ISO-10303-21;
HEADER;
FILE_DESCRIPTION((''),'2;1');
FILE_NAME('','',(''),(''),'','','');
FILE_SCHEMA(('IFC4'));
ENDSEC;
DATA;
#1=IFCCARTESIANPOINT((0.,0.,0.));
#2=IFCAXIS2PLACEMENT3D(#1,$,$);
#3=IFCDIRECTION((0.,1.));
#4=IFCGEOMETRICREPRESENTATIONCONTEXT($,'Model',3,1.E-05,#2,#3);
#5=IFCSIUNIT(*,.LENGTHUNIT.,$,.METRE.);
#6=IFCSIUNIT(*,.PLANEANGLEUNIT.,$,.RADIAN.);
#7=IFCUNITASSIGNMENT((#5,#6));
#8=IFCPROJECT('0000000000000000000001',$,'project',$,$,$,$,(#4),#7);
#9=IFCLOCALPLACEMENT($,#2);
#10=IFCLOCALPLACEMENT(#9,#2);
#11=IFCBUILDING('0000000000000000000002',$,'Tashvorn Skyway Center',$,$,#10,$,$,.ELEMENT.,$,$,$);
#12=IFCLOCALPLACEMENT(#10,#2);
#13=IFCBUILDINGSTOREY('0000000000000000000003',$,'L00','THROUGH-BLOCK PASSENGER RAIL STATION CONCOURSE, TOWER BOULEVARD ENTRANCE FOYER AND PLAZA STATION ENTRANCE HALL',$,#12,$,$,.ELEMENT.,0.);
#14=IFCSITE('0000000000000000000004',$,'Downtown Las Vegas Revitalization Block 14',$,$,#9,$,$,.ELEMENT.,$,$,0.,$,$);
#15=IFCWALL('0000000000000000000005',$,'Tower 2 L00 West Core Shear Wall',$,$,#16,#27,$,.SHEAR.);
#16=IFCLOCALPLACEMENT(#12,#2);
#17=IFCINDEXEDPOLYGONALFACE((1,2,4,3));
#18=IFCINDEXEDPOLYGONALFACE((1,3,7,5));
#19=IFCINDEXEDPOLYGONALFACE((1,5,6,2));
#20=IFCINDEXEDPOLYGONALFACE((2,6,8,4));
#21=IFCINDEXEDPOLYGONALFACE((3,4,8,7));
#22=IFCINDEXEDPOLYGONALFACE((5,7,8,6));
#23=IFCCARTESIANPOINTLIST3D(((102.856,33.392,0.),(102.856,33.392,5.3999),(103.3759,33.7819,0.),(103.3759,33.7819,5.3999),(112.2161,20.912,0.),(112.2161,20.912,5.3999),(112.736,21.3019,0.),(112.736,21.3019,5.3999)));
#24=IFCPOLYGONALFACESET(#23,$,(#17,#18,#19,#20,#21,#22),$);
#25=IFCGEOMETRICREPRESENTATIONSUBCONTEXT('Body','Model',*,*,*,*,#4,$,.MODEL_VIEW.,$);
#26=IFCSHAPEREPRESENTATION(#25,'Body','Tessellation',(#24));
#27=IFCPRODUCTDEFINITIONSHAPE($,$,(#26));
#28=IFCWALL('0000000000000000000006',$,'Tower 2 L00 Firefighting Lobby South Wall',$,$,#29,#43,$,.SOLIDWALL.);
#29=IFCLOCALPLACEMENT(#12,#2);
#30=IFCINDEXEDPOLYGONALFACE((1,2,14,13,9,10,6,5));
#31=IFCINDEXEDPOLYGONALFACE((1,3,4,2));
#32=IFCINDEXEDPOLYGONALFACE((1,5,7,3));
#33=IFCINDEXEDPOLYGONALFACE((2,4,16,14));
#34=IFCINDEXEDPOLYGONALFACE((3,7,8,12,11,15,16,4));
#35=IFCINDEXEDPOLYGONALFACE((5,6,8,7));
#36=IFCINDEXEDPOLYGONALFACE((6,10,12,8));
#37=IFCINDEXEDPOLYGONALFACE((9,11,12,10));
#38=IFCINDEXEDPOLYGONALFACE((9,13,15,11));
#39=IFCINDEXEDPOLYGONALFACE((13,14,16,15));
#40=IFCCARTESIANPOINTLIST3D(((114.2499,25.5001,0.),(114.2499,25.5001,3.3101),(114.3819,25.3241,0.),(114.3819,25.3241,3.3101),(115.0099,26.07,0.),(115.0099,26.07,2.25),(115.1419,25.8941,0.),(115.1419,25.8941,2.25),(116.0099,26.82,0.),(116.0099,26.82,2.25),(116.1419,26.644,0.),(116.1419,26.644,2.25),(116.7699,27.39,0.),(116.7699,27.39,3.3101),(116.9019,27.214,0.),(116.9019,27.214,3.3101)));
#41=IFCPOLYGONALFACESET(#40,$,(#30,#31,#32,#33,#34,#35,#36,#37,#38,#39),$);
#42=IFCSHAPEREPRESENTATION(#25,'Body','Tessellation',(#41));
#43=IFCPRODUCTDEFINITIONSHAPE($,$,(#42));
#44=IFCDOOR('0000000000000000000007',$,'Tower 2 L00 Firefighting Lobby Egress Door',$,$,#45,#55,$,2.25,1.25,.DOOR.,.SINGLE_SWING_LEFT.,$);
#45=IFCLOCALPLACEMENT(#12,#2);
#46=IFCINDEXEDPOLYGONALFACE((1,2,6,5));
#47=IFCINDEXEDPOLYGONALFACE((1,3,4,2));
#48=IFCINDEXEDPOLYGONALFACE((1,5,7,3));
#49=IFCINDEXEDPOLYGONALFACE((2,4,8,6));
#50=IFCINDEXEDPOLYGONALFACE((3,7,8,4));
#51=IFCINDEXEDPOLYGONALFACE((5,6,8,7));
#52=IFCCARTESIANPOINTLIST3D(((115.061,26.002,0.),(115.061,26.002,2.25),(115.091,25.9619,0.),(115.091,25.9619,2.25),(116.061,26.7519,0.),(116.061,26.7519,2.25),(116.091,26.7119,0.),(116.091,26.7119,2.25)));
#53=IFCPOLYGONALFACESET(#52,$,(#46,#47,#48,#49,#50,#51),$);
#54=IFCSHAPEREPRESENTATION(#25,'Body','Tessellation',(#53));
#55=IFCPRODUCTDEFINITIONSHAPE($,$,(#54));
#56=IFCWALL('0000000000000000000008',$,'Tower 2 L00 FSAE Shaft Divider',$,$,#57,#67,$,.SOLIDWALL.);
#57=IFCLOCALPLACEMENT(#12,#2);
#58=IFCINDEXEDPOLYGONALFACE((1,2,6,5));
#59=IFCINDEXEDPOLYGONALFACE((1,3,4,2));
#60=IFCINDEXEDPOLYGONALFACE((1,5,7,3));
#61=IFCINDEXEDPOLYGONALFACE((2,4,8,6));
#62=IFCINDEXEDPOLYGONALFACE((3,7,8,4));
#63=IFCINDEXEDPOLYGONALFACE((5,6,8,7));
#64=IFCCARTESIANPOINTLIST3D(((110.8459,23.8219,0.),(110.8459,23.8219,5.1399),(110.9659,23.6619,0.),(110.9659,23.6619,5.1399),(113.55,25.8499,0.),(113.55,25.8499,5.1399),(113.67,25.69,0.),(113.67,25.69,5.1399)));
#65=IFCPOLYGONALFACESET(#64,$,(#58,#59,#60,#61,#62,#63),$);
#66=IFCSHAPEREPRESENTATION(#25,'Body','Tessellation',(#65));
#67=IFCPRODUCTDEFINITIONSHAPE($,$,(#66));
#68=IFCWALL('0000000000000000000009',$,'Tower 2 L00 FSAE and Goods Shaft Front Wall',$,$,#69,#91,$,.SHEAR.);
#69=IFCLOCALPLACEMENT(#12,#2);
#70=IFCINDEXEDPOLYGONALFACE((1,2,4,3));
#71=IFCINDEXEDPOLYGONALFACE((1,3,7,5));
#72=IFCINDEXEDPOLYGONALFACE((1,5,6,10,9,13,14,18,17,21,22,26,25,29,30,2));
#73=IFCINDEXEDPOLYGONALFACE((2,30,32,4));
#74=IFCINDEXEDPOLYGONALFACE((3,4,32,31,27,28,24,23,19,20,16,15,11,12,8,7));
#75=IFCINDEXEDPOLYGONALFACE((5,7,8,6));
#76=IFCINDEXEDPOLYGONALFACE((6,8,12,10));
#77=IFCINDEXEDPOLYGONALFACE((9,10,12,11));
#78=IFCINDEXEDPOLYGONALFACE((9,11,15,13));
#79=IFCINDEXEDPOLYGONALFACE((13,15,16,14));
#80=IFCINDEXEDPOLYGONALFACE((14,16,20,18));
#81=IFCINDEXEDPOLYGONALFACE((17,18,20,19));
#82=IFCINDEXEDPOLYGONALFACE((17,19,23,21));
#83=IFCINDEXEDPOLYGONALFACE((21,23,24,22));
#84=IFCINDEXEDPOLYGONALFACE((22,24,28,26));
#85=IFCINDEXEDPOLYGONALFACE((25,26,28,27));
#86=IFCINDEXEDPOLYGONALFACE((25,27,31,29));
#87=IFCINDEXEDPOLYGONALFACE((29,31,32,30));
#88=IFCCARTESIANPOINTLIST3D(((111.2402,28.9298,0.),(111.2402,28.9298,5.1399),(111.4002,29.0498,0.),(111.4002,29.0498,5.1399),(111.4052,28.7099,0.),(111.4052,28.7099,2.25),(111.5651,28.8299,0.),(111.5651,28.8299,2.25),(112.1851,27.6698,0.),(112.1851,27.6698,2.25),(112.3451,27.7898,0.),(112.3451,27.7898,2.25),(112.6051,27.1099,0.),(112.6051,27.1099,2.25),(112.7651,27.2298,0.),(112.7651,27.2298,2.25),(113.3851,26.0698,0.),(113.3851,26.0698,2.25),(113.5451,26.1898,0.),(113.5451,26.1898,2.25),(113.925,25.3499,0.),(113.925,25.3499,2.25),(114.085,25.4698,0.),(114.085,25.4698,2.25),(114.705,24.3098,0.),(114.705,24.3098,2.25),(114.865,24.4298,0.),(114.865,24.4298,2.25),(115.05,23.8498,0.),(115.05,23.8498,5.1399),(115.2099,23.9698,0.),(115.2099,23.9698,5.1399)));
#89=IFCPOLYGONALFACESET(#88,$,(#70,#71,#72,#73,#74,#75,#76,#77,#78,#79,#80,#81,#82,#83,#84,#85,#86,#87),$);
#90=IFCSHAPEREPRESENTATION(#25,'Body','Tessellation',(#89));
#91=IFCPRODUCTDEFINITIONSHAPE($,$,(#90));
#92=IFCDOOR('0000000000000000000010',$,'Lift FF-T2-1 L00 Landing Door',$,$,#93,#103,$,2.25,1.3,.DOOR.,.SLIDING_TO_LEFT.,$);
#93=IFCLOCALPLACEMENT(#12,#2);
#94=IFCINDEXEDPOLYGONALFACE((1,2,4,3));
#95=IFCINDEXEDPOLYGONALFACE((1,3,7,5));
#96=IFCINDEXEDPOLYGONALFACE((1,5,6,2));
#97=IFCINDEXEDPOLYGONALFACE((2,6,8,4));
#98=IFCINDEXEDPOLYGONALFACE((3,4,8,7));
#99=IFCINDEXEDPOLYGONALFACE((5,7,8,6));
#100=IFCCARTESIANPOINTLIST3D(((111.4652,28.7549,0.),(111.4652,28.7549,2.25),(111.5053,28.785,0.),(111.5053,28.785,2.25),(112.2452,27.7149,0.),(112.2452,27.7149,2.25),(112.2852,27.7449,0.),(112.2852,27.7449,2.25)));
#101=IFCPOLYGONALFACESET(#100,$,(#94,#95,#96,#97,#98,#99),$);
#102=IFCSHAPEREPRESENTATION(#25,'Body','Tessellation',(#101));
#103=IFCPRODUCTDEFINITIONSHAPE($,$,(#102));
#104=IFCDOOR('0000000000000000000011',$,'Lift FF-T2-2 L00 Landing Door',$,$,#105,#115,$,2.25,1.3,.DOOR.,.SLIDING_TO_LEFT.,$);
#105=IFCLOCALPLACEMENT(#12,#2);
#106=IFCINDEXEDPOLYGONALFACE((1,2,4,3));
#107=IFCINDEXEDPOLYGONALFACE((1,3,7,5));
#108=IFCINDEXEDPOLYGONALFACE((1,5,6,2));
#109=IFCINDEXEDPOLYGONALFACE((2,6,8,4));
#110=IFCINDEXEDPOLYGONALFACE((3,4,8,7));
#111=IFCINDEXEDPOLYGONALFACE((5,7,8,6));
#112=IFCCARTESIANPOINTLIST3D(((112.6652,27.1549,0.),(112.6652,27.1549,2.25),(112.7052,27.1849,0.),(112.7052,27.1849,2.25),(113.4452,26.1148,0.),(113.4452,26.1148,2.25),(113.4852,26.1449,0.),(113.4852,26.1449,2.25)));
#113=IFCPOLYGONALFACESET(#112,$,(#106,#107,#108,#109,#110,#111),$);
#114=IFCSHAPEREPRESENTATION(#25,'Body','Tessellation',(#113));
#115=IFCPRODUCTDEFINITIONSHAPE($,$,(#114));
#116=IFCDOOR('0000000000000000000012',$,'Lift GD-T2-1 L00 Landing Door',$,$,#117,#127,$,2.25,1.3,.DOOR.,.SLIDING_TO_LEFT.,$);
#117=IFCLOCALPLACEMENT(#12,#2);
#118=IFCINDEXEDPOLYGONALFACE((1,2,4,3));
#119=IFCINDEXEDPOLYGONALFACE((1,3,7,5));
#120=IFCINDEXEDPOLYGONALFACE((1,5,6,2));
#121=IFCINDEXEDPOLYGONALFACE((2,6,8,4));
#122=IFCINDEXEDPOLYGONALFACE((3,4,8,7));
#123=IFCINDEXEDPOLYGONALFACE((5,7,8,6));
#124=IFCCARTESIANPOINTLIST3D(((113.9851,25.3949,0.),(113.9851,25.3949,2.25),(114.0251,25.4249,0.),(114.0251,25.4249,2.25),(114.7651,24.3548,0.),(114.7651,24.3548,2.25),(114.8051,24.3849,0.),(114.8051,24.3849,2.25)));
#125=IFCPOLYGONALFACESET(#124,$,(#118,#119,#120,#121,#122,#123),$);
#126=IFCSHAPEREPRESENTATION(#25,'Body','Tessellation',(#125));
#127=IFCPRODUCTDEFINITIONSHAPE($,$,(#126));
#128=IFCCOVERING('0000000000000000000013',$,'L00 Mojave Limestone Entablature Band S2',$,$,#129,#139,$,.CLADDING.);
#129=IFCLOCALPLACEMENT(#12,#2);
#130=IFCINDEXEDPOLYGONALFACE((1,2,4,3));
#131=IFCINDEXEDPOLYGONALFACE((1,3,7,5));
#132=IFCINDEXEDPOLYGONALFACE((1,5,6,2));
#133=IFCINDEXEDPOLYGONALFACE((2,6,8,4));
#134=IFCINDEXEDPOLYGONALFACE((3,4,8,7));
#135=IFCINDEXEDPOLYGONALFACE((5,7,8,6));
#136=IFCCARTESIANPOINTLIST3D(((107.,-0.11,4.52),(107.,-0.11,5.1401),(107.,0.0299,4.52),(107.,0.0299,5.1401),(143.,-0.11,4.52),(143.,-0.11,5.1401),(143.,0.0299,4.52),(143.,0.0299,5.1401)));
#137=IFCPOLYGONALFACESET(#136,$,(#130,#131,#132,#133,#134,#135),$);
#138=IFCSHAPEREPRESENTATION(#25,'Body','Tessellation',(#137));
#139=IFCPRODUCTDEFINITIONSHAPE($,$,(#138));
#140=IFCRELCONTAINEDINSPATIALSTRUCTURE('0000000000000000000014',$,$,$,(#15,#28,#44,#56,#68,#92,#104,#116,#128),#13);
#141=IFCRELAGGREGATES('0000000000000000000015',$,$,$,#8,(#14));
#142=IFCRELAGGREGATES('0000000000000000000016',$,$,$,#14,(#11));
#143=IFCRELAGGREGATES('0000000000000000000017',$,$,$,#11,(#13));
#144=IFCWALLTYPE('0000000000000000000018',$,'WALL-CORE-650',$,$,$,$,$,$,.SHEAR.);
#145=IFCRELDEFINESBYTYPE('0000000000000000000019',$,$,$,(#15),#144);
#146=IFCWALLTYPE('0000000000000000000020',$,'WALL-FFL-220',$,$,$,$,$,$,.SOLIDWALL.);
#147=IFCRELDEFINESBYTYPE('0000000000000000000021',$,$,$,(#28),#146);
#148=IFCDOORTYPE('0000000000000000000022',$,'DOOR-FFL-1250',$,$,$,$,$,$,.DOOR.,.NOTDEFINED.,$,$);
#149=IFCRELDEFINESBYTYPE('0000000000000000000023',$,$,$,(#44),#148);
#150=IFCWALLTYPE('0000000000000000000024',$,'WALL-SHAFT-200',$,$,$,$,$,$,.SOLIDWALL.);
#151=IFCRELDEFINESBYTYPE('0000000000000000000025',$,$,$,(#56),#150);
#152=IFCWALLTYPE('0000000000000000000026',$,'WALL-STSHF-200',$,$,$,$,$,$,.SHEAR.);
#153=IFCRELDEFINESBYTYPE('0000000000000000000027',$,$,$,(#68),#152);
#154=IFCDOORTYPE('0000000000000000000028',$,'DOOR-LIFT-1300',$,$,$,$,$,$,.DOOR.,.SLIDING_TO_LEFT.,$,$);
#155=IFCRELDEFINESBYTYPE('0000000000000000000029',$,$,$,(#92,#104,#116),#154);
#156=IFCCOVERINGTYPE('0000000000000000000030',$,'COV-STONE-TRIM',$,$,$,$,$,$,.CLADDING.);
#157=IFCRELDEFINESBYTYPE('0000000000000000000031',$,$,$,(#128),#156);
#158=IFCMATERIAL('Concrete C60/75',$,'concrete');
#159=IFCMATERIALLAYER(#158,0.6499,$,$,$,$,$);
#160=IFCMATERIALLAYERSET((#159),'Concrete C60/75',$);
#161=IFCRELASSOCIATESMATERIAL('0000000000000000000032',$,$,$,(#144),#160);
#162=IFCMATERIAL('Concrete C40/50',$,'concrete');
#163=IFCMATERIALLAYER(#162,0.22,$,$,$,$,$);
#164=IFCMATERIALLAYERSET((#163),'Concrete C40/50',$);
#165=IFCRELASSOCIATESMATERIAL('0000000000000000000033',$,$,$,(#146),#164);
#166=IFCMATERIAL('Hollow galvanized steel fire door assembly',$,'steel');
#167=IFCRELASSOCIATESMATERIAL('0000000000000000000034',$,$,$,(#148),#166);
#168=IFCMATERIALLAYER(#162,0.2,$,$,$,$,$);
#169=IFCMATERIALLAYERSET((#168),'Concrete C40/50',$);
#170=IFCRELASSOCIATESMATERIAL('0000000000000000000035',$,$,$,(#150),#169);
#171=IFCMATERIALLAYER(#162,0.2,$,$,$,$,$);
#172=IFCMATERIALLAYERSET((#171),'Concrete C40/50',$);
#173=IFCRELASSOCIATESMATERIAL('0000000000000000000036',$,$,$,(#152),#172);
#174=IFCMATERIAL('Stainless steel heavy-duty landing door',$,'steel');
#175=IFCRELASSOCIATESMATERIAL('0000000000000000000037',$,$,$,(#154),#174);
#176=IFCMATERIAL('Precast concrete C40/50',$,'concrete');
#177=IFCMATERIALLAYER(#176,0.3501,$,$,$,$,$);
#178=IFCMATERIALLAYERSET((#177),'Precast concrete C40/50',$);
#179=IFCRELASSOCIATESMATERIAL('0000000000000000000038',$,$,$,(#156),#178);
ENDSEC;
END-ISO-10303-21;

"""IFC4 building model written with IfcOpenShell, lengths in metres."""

from ifc_helpers import new_model, si_unit, direction, frame, frame_2d, origin, origin_2d, place, context, subcontext, project, spatial, rectangle, extrude, material, layer, layer_set, type_object, element, fill, save


model = new_model("IFC4")

# Units and contexts
model_context = context("Model", 3, precision=1e-05, world=origin(), true_north=direction((0.0, 1.0)))
body_context = subcontext(model_context, "Body", "Model", "MODEL_VIEW")
ifc_project = project(units=[si_unit("LENGTHUNIT", "METRE"), si_unit("PLANEANGLEUNIT", "RADIAN")], contexts=[model_context])

# Site, building, storey
site_placement = place(None, origin())
site = spatial("IfcSite", under=ifc_project, at=site_placement, Name="Downtown Las Vegas Revitalization Block 14", CompositionType="ELEMENT", RefElevation=0.0)
building_placement = place(site_placement, origin())
building = spatial("IfcBuilding", under=site, at=building_placement, Name="Tashvorn Skyway Center", CompositionType="ELEMENT")
storey_placement = place(building_placement, origin())
storey = spatial("IfcBuildingStorey", under=building, at=storey_placement, Name="L00", Description="THROUGH-BLOCK PASSENGER RAIL STATION CONCOURSE, TOWER BOULEVARD ENTRANCE FOYER AND PLAZA STATION ENTRANCE HALL", CompositionType="ELEMENT", Elevation=0.0)

# Shared definitions
ifc_material_1 = material(Name="Precast concrete C40/50", Category="concrete")

# Wall
ifc_material_2 = material(Name="Concrete C60/75", Category="concrete")
ifc_layer_1 = layer(ifc_material_2, 0.6499)
ifc_layer_set_1 = layer_set([ifc_layer_1], Name="Concrete C60/75")
wall_type_1 = type_object("IfcWallType", Name="WALL-CORE-650", PredefinedType="SHEAR", material=ifc_layer_set_1)
wall_1_placement = place(storey_placement, frame((112.4761, 21.1069, 0.0), z_axis=(0.0, 0.0, 1.0), x_axis=(-0.600005, 0.799996, 0.0)))
element("IfcWall", 1, at=wall_1_placement, inside=storey, type_object=wall_type_1, Name="Tower 2 L00 West Core Shear Wall", PredefinedType="SHEAR", context=body_context, shape_type="SweptSolid", body=[
    extrude(rectangle(XDim=15.6001, YDim=0.6499, at=frame_2d((7.8, 0.0))), origin(), (0.0, 0.0, 1.0), 5.3999),
])

# Wall, opening, door
ifc_material_3 = material(Name="Concrete C40/50", Category="concrete")
ifc_layer_2 = layer(ifc_material_3, 0.22)
ifc_layer_set_2 = layer_set([ifc_layer_2], Name="Concrete C40/50")
wall_type_2 = type_object("IfcWallType", Name="WALL-FFL-220", PredefinedType="SOLIDWALL", material=ifc_layer_set_2)
wall_2_placement = place(storey_placement, frame((114.3159, 25.4121, 0.0), z_axis=(0.0, 0.0, 1.0), x_axis=(0.800019, 0.599975, 0.0)))
wall_2 = element("IfcWall", 2, at=wall_2_placement, inside=storey, type_object=wall_type_2, Name="Tower 2 L00 Firefighting Lobby South Wall", PredefinedType="SOLIDWALL", context=body_context, shape_type="SweptSolid", body=[
    extrude(rectangle(XDim=3.1499, YDim=0.22, at=frame_2d((1.575, 0.0))), origin(), (0.0, 0.0, 1.0), 3.3101),
])
opening_1_placement = place(wall_2_placement, frame((0.95, 0.0, 0.0)))
opening_1 = element("IfcOpeningElement", 3, at=opening_1_placement, cuts=wall_2, PredefinedType="OPENING", context=body_context, shape_type="SweptSolid", body=[
    extrude(rectangle(XDim=1.25, YDim=2.25, at=frame_2d((0.625, 1.125))), frame((0.0, 0.1199, 0.0), z_axis=(0.0, -1.0, 0.0), x_axis=(1.0, 0.0, 0.0)), (0.0, 0.0, 1.0), 0.24),
])
ifc_material_4 = material(Name="Hollow galvanized steel fire door assembly", Category="steel")
door_type_1 = type_object("IfcDoorType", Name="DOOR-FFL-1250", OperationType="NOTDEFINED", PredefinedType="DOOR", material=ifc_material_4)
door_1_placement = place(opening_1_placement, origin())
door_1 = element("IfcDoor", 4, at=door_1_placement, inside=storey, type_object=door_type_1, Name="Tower 2 L00 Firefighting Lobby Egress Door", OperationType="SINGLE_SWING_LEFT", OverallHeight=2.25, OverallWidth=1.25, PredefinedType="DOOR", context=body_context, shape_type="SweptSolid", body=[
    extrude(rectangle(XDim=1.25, YDim=2.25, at=frame_2d((0.625, 1.125))), frame((0.0, 0.0249, 0.0), z_axis=(0.0, -1.0, 0.0), x_axis=(1.0, 0.0, 0.0)), (0.0, 0.0, 1.0), 0.05),
])
fill(opening_1, door_1)

# Wall
ifc_layer_3 = layer(ifc_material_3, 0.2)
ifc_layer_set_3 = layer_set([ifc_layer_3], Name="Concrete C40/50")
wall_type_3 = type_object("IfcWallType", Name="WALL-SHAFT-200", PredefinedType="SOLIDWALL", material=ifc_layer_set_3)
wall_3_placement = place(storey_placement, frame((110.906, 23.7419, 0.0), z_axis=(0.0, 0.0, 1.0), x_axis=(0.8, 0.6, 0.0)))
element("IfcWall", 5, at=wall_3_placement, inside=storey, type_object=wall_type_3, Name="Tower 2 L00 FSAE Shaft Divider", PredefinedType="SOLIDWALL", context=body_context, shape_type="SweptSolid", body=[
    extrude(rectangle(XDim=3.3801, YDim=0.2, at=frame_2d((1.6899, 0.0))), origin(), (0.0, 0.0, 1.0), 5.1399),
])

# Wall, openings, doors
ifc_layer_4 = layer(ifc_material_3, 0.2)
ifc_layer_set_4 = layer_set([ifc_layer_4], Name="Concrete C40/50")
wall_type_4 = type_object("IfcWallType", Name="WALL-STSHF-200", PredefinedType="SHEAR", material=ifc_layer_set_4)
wall_4_placement = place(storey_placement, frame((115.1299, 23.9099, 0.0), z_axis=(0.0, 0.0, 1.0), x_axis=(-0.599975, 0.800018, 0.0)))
wall_4 = element("IfcWall", 6, at=wall_4_placement, inside=storey, type_object=wall_type_4, Name="Tower 2 L00 FSAE and Goods Shaft Front Wall", PredefinedType="SHEAR", context=body_context, shape_type="SweptSolid", body=[
    extrude(rectangle(XDim=6.3499, YDim=0.2, at=frame_2d((3.1748, 0.0))), origin(), (0.0, 0.0, 1.0), 5.1399),
])
opening_2_placement = place(wall_4_placement, frame((4.7749, 0.0, 0.0)))
opening_2 = element("IfcOpeningElement", 7, at=opening_2_placement, cuts=wall_4, PredefinedType="OPENING", context=body_context, shape_type="SweptSolid", body=[
    extrude(rectangle(XDim=1.3, YDim=2.25, at=frame_2d((0.6499, 1.125))), frame((0.0, 0.1099, 0.0), z_axis=(0.0, -1.0, 0.0), x_axis=(1.0, 0.0, 0.0)), (0.0, 0.0, 1.0), 0.22),
])
opening_3_placement = place(wall_4_placement, frame((2.7749, 0.0, 0.0)))
opening_3 = element("IfcOpeningElement", 8, at=opening_3_placement, cuts=wall_4, PredefinedType="OPENING", context=body_context, shape_type="SweptSolid", body=[
    extrude(rectangle(XDim=1.3, YDim=2.25, at=frame_2d((0.6499, 1.125))), frame((0.0, 0.1099, 0.0), z_axis=(0.0, -1.0, 0.0), x_axis=(1.0, 0.0, 0.0)), (0.0, 0.0, 1.0), 0.22),
])
opening_4_placement = place(wall_4_placement, frame((0.575, 0.0, 0.0)))
opening_4 = element("IfcOpeningElement", 9, at=opening_4_placement, cuts=wall_4, PredefinedType="OPENING", context=body_context, shape_type="SweptSolid", body=[
    extrude(rectangle(XDim=1.3, YDim=2.25, at=frame_2d((0.6499, 1.125))), frame((0.0, 0.1099, 0.0), z_axis=(0.0, -1.0, 0.0), x_axis=(1.0, 0.0, 0.0)), (0.0, 0.0, 1.0), 0.22),
])
ifc_material_5 = material(Name="Stainless steel heavy-duty landing door", Category="steel")
door_type_2 = type_object("IfcDoorType", Name="DOOR-LIFT-1300", OperationType="SLIDING_TO_LEFT", PredefinedType="DOOR", material=ifc_material_5)
door_2_placement = place(opening_2_placement, origin())
door_2 = element("IfcDoor", 10, at=door_2_placement, inside=storey, type_object=door_type_2, Name="Lift FF-T2-1 L00 Landing Door", OperationType="SLIDING_TO_LEFT", OverallHeight=2.25, OverallWidth=1.3, PredefinedType="DOOR", context=body_context, shape_type="SweptSolid", body=[
    extrude(rectangle(XDim=1.3, YDim=2.25, at=frame_2d((0.6499, 1.125))), frame((0.0, 0.0249, 0.0), z_axis=(0.0, -1.0, 0.0), x_axis=(1.0, 0.0, 0.0)), (0.0, 0.0, 1.0), 0.05),
])
fill(opening_2, door_2)
door_3_placement = place(opening_3_placement, origin())
door_3 = element("IfcDoor", 11, at=door_3_placement, inside=storey, type_object=door_type_2, Name="Lift FF-T2-2 L00 Landing Door", OperationType="SLIDING_TO_LEFT", OverallHeight=2.25, OverallWidth=1.3, PredefinedType="DOOR", context=body_context, shape_type="SweptSolid", body=[
    extrude(rectangle(XDim=1.3, YDim=2.25, at=frame_2d((0.6499, 1.125))), frame((0.0, 0.0249, 0.0), z_axis=(0.0, -1.0, 0.0), x_axis=(1.0, 0.0, 0.0)), (0.0, 0.0, 1.0), 0.05),
])
fill(opening_3, door_3)
door_4_placement = place(opening_4_placement, origin())
door_4 = element("IfcDoor", 12, at=door_4_placement, inside=storey, type_object=door_type_2, Name="Lift GD-T2-1 L00 Landing Door", OperationType="SLIDING_TO_LEFT", OverallHeight=2.25, OverallWidth=1.3, PredefinedType="DOOR", context=body_context, shape_type="SweptSolid", body=[
    extrude(rectangle(XDim=1.3, YDim=2.25, at=frame_2d((0.6499, 1.125))), frame((0.0, 0.0249, 0.0), z_axis=(0.0, -1.0, 0.0), x_axis=(1.0, 0.0, 0.0)), (0.0, 0.0, 1.0), 0.05),
])
fill(opening_4, door_4)

# Covering
ifc_layer_5 = layer(ifc_material_1, 0.3501)
ifc_layer_set_5 = layer_set([ifc_layer_5], Name="Precast concrete C40/50")
covering_type = type_object("IfcCoveringType", Name="COV-STONE-TRIM", PredefinedType="CLADDING", material=ifc_layer_set_5)
covering_placement = place(storey_placement, frame((125.0, -0.04, 4.52), z_axis=(0.0, 0.0, 1.0), x_axis=(1.0, 0.0, 0.0)))
element("IfcCovering", 13, at=covering_placement, inside=storey, type_object=covering_type, Name="L00 Mojave Limestone Entablature Band S2", PredefinedType="CLADDING", context=body_context, shape_type="SweptSolid", body=[
    extrude(rectangle(XDim=36.0, YDim=0.1399, at=origin_2d()), origin(), (0.0, 0.0, 1.0), 0.6201),
])

save(model, "model.ifc")
